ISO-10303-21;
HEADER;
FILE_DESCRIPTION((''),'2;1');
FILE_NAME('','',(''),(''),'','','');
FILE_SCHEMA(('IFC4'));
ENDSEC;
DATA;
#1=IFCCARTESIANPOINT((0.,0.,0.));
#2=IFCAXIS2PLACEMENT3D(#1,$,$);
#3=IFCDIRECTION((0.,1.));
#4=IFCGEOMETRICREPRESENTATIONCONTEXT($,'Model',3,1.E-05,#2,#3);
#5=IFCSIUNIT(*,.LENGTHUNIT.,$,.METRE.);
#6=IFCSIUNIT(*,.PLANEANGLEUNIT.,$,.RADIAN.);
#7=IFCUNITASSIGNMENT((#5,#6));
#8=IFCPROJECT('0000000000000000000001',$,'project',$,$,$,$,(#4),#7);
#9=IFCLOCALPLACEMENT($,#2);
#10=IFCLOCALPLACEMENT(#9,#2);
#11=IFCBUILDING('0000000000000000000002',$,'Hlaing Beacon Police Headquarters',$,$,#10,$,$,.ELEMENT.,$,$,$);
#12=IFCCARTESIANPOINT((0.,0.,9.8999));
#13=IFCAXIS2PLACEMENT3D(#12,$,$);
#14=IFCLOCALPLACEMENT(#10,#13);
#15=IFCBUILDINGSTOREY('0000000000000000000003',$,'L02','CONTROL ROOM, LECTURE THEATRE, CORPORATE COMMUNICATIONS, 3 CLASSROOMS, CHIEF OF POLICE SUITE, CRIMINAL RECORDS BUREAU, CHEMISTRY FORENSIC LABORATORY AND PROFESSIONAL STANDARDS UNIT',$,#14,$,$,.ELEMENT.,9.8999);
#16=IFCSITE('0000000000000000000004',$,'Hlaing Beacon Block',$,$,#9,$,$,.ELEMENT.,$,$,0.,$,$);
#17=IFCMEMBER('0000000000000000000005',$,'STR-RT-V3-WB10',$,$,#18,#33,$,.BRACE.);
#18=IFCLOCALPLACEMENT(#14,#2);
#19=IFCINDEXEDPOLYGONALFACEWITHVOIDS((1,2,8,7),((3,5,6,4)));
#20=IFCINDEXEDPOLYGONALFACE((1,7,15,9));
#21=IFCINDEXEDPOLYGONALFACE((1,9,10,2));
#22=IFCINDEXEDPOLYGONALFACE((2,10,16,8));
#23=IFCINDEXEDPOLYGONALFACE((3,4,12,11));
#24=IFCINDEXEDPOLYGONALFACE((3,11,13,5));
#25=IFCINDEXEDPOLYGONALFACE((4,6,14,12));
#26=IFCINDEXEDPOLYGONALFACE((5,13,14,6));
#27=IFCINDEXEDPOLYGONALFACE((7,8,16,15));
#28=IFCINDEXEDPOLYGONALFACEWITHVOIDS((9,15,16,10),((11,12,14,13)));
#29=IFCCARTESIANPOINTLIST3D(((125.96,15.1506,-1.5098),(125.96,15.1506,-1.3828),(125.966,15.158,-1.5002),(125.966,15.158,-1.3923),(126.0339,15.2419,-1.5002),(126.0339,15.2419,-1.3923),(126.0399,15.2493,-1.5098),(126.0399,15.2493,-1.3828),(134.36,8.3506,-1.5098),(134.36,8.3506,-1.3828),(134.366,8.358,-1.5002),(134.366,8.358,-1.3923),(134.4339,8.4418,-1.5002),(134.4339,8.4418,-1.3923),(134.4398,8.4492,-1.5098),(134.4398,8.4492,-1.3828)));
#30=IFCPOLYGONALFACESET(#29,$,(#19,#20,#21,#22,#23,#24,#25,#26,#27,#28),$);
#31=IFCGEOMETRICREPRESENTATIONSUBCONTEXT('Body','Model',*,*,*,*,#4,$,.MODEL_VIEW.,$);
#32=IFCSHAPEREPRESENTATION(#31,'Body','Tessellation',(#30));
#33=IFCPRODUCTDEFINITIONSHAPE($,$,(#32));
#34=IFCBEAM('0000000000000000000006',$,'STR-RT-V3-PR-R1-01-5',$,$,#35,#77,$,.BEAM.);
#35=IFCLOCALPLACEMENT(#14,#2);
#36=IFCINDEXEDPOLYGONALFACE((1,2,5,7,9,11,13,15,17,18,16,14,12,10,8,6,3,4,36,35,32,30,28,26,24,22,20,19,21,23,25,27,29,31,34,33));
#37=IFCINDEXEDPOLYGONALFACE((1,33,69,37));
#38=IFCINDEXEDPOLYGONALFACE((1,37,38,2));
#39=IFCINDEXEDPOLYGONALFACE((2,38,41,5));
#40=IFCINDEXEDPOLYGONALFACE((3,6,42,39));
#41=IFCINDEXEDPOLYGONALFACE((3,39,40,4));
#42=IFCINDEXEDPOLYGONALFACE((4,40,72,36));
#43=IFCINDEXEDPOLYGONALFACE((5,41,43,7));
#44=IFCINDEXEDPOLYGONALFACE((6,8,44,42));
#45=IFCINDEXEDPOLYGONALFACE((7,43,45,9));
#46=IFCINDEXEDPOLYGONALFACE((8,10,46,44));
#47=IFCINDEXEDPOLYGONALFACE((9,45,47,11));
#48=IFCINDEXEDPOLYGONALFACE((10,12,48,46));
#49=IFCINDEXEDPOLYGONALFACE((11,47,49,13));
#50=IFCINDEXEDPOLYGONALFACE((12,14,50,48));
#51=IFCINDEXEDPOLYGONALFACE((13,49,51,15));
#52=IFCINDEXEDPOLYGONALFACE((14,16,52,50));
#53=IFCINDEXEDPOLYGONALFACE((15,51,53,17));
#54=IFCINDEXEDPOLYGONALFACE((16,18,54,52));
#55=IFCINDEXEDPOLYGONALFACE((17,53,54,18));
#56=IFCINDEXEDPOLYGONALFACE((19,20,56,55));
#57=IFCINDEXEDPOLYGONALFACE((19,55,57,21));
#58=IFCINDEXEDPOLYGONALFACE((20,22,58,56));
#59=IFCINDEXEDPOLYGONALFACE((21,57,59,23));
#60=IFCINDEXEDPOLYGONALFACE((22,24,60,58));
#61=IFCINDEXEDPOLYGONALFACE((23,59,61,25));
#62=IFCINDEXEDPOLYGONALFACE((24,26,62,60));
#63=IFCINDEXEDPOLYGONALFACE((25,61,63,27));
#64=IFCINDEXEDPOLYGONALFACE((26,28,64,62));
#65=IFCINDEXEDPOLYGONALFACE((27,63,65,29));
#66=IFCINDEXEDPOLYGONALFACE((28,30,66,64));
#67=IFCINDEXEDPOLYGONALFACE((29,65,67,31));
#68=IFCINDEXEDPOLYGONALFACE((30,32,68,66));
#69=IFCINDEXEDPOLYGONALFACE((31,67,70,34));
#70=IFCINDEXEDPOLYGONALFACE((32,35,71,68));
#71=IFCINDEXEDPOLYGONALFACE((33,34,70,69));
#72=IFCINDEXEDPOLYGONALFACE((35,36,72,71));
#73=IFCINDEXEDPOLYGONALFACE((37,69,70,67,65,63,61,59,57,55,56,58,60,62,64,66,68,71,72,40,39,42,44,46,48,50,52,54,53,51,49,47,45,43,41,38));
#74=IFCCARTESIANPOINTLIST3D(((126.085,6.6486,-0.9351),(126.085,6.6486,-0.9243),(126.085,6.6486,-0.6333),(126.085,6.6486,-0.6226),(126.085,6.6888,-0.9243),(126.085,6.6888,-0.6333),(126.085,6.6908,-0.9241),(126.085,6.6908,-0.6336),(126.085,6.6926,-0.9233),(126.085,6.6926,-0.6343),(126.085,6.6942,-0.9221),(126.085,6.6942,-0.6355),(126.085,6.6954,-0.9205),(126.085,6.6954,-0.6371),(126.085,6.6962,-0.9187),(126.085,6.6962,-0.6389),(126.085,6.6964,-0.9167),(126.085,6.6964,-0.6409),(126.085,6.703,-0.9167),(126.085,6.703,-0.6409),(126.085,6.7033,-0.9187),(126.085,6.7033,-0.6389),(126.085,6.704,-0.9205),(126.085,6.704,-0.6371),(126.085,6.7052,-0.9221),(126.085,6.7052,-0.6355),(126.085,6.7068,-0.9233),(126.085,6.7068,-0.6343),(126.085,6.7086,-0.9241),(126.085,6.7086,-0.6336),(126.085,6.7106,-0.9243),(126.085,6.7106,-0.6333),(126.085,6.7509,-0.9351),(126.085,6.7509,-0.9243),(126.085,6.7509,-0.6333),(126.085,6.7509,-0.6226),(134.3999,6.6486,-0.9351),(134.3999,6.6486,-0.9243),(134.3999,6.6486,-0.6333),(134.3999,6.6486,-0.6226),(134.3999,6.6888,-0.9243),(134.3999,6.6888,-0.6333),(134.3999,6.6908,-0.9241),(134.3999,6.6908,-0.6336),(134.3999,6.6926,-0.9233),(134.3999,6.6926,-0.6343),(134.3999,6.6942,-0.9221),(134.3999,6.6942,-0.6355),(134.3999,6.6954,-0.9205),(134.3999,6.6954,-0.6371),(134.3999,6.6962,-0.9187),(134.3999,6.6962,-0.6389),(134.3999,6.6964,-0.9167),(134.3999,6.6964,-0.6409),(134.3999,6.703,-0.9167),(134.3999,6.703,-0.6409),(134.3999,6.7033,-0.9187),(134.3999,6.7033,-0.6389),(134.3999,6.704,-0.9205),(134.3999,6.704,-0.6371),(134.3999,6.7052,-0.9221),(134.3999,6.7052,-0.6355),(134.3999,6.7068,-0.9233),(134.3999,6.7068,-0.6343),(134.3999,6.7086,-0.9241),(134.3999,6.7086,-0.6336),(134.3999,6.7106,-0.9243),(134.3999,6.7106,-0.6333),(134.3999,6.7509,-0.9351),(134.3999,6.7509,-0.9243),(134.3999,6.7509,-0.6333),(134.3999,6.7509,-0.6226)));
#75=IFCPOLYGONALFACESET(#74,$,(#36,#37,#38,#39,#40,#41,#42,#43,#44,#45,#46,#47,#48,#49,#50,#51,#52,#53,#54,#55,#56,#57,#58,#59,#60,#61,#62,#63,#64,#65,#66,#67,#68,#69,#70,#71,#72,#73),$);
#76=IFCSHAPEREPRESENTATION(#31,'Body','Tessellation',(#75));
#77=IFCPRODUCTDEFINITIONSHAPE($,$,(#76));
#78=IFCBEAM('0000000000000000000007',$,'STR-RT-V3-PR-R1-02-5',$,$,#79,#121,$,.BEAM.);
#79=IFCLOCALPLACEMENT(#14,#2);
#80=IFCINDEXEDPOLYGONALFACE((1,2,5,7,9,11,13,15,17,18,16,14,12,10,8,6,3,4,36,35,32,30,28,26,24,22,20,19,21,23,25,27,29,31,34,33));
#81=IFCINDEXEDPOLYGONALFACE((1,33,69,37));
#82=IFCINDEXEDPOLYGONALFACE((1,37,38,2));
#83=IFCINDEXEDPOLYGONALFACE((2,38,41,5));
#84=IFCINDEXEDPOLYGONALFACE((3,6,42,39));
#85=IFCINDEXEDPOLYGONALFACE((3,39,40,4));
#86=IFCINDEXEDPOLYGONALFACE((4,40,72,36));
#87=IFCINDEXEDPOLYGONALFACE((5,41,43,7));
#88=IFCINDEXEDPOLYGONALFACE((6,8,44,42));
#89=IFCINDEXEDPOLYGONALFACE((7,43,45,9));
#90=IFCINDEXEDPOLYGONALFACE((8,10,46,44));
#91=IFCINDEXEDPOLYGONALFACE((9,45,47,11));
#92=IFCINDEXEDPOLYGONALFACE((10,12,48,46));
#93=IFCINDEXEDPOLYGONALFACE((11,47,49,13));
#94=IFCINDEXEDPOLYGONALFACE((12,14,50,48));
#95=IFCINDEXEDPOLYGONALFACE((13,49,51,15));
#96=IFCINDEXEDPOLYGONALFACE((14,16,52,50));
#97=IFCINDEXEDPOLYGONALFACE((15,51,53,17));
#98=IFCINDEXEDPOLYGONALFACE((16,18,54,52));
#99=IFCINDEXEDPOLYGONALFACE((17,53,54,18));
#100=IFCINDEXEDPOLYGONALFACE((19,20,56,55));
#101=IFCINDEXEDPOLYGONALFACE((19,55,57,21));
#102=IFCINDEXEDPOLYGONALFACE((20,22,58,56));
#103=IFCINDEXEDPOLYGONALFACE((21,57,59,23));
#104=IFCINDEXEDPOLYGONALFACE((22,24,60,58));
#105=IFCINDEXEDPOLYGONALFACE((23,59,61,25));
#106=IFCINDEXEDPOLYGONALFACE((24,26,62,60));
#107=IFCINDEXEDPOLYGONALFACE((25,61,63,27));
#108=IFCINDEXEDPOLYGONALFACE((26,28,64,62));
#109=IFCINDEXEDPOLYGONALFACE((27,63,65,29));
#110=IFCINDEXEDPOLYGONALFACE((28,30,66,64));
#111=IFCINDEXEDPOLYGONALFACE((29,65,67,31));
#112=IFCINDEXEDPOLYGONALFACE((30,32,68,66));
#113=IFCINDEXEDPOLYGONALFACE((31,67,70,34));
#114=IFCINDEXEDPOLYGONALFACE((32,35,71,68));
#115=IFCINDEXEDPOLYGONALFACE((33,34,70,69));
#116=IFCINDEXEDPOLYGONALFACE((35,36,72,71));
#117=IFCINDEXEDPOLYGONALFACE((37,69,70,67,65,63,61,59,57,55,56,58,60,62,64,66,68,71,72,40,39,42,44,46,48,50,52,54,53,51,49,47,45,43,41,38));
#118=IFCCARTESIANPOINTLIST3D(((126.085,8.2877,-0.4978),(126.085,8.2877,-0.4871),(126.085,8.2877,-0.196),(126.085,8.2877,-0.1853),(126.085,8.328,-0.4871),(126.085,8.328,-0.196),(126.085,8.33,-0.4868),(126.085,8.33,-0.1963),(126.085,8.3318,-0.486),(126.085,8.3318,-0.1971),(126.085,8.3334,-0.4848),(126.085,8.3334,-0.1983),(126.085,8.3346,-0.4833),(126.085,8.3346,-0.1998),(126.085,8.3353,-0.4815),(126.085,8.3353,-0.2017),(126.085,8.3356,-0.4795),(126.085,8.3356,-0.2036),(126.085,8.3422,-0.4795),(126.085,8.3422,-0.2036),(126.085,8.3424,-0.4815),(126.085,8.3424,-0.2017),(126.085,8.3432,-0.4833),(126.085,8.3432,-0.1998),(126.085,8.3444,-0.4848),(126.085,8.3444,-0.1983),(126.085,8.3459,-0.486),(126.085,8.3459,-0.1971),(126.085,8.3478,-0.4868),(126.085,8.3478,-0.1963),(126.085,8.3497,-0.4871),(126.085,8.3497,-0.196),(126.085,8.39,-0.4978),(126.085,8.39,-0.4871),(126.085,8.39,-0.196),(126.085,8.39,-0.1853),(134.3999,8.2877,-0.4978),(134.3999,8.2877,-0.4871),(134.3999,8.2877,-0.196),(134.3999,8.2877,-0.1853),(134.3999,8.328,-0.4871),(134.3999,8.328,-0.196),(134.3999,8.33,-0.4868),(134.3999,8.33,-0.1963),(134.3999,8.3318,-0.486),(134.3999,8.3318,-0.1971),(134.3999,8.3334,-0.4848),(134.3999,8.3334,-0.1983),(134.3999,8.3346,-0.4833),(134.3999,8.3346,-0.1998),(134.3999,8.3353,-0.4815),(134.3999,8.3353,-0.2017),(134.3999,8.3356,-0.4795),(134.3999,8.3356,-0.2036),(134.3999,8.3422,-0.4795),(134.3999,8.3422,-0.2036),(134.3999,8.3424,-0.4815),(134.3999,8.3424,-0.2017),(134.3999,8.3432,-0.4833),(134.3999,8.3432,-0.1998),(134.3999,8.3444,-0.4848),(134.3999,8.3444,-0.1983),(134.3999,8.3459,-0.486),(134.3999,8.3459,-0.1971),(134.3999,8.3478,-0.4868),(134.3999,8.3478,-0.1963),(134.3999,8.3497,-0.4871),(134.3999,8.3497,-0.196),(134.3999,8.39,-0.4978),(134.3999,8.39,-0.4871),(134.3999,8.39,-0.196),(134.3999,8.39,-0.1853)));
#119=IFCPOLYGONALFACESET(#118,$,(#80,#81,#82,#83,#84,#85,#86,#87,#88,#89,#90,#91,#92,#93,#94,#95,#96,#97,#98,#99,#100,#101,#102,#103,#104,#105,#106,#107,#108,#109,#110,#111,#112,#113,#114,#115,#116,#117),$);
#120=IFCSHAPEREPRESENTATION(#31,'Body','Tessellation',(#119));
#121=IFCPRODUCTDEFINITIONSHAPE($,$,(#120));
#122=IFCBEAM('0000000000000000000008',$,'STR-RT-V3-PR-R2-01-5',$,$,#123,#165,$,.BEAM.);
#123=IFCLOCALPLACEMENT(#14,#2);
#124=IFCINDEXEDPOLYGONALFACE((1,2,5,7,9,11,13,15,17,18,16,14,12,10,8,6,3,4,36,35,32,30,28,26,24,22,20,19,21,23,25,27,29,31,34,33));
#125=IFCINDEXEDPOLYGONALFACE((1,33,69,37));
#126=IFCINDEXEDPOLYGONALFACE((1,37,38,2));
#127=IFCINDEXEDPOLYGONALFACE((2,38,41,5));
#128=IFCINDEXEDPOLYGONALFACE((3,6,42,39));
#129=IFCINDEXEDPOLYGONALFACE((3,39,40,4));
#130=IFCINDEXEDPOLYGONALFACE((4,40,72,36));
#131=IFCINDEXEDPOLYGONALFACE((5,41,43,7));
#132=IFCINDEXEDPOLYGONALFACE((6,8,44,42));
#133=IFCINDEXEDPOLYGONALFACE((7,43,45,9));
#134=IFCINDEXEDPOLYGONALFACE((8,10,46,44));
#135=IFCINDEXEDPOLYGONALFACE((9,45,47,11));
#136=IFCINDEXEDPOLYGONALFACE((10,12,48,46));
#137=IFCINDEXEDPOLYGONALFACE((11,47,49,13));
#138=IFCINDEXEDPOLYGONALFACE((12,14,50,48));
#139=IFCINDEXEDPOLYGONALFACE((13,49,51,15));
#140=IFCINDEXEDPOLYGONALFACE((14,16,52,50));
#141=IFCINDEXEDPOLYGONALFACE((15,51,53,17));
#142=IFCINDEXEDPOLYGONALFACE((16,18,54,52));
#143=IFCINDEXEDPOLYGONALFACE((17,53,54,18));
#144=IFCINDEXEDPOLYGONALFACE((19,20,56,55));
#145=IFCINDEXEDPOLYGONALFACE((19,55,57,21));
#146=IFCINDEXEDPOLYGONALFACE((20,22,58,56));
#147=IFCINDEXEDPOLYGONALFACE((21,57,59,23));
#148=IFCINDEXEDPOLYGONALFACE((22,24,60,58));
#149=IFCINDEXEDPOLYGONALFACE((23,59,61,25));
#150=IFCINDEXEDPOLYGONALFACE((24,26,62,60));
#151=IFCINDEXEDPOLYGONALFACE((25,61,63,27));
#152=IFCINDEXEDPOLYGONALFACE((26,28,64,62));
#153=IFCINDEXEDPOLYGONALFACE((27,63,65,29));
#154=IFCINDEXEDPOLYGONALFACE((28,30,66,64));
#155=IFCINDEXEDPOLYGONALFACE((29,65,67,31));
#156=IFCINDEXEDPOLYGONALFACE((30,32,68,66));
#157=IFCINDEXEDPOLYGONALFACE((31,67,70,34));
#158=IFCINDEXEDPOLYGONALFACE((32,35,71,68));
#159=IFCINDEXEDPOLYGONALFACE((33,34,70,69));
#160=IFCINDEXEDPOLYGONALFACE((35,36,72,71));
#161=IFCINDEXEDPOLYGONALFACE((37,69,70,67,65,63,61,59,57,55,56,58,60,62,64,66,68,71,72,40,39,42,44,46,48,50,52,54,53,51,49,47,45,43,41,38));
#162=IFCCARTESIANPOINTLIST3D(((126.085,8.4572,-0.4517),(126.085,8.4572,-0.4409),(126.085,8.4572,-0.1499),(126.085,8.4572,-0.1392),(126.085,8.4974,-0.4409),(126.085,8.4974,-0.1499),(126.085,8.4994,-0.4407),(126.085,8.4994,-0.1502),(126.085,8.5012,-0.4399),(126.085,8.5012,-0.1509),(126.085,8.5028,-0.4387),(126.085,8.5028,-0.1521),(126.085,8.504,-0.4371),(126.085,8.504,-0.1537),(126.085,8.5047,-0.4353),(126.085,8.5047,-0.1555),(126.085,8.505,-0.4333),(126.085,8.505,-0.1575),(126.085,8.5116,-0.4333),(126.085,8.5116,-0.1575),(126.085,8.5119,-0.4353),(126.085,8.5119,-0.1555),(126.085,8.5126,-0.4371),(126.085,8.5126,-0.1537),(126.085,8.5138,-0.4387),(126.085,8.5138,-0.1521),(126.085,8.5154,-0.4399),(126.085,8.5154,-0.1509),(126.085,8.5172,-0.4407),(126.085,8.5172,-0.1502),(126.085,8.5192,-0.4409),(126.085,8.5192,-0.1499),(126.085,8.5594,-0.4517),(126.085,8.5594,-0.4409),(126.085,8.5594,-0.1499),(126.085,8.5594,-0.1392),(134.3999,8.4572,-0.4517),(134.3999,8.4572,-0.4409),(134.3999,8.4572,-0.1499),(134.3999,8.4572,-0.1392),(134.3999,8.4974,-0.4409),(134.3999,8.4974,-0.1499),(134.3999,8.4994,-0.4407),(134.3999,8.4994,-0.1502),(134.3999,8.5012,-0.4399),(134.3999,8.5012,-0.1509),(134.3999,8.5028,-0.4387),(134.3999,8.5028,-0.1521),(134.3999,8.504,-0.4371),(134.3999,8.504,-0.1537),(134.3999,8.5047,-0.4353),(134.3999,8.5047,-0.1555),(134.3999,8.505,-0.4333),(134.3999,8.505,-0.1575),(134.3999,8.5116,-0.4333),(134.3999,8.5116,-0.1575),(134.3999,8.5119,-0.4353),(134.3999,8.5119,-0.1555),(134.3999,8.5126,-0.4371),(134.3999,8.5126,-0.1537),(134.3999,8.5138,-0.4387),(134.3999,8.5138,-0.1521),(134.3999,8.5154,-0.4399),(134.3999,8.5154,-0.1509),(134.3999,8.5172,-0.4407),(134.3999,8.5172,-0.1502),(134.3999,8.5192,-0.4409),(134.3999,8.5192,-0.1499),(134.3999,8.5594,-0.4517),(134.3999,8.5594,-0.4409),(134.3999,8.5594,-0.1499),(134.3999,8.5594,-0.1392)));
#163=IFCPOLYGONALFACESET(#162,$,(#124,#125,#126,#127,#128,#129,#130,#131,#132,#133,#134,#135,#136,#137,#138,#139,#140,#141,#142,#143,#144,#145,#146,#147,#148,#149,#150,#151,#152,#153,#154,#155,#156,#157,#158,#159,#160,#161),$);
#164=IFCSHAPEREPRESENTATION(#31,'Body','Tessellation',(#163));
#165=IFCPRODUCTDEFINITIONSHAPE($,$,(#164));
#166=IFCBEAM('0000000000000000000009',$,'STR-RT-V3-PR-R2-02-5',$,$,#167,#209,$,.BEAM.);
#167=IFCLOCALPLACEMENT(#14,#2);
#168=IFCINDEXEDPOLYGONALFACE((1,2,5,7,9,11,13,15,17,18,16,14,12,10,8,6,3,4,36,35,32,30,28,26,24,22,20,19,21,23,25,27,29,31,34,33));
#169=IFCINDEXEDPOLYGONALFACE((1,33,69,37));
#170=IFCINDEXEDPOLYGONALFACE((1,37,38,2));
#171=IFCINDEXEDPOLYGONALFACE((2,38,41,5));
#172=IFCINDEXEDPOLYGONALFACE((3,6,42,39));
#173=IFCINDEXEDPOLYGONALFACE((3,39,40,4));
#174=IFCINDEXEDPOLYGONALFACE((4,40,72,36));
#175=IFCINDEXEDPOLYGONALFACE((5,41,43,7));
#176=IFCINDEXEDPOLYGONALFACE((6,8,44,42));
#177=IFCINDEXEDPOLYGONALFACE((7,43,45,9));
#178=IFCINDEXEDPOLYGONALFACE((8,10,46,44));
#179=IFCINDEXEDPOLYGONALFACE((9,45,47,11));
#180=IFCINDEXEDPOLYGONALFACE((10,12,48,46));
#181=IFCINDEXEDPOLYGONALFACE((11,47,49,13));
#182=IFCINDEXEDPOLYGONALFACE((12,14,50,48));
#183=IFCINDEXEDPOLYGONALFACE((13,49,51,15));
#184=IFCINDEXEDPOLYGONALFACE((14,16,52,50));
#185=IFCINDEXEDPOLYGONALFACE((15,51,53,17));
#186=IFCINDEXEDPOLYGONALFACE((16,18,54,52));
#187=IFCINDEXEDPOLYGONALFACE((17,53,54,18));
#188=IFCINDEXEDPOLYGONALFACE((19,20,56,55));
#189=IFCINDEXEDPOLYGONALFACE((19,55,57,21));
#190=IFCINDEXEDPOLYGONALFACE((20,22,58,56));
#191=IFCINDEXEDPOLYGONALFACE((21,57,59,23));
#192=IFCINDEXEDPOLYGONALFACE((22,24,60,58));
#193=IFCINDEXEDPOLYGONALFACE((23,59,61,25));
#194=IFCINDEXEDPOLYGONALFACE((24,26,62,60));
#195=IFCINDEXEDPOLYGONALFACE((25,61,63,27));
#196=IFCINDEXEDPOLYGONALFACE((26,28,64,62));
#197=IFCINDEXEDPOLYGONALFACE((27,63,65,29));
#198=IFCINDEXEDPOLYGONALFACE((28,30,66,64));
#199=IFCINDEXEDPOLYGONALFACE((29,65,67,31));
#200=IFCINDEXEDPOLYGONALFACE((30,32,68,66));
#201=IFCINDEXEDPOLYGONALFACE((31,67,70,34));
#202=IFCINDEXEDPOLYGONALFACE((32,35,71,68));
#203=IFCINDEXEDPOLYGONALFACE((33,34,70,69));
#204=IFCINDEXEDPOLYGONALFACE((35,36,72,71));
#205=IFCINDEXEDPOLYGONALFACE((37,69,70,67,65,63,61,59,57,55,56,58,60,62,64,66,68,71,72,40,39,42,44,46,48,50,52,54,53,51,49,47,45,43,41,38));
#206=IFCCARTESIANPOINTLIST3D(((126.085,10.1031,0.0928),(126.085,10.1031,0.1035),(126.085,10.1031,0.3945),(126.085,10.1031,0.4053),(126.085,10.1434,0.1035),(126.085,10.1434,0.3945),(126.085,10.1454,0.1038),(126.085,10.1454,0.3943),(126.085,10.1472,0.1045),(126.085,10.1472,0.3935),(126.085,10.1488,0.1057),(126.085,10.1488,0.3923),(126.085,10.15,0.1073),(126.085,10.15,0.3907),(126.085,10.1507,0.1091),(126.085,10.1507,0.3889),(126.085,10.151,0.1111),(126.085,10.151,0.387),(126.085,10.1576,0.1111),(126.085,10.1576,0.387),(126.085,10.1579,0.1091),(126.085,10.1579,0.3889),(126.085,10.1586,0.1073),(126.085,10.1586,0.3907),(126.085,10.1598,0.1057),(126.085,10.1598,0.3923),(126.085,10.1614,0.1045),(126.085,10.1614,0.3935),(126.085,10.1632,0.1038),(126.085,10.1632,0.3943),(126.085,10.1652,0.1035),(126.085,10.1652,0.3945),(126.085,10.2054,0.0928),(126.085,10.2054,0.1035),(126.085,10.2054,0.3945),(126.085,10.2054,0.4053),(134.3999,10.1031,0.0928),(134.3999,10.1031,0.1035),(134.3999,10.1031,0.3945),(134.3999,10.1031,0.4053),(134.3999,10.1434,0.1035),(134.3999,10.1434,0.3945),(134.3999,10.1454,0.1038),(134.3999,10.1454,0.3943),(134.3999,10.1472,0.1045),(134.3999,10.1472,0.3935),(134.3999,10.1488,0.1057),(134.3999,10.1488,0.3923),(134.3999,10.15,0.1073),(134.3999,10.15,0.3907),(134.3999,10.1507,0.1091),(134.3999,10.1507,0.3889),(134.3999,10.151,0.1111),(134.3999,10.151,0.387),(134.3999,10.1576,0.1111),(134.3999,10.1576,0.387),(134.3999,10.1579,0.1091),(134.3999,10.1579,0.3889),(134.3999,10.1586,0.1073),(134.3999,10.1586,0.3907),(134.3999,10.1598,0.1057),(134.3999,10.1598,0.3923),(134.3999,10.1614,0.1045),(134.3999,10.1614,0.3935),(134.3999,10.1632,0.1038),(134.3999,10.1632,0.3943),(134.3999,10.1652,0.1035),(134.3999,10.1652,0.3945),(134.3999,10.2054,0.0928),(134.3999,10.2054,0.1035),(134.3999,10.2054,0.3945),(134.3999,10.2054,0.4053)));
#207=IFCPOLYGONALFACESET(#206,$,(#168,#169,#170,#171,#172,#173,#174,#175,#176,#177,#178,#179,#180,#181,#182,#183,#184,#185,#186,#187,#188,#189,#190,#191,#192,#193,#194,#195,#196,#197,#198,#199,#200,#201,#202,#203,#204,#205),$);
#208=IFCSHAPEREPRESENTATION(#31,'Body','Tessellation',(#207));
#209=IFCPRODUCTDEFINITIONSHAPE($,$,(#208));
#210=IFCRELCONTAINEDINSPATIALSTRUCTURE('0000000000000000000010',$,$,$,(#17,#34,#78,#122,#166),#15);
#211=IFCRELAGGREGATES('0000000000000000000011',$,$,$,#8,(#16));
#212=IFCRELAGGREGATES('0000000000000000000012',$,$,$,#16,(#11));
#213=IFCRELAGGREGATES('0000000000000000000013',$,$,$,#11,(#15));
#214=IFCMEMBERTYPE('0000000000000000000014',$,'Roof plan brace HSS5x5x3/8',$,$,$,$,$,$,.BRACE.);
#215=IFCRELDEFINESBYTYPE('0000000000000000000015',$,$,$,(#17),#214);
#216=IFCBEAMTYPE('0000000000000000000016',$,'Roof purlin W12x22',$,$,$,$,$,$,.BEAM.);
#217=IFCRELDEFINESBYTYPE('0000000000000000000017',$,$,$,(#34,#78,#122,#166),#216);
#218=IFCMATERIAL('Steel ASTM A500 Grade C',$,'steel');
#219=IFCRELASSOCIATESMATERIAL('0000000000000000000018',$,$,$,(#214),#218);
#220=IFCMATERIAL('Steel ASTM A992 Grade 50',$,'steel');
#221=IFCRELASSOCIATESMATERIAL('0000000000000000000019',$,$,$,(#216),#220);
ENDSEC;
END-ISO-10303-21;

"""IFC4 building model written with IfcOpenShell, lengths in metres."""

from ifc_helpers import new_model, si_unit, direction, frame, origin, origin_2d, place, context, subcontext, project, spatial, hollow_rectangle, i_section, extrude, material, material_profile, profile_set, type_object, element, save


model = new_model("IFC4")

# Units and contexts
model_context = context("Model", 3, precision=1e-05, world=origin(), true_north=direction((0.0, 1.0)))
body_context = subcontext(model_context, "Body", "Model", "MODEL_VIEW")
ifc_project = project(units=[si_unit("LENGTHUNIT", "METRE"), si_unit("PLANEANGLEUNIT", "RADIAN")], contexts=[model_context])

# Site, building, storey
site_placement = place(None, origin())
site = spatial("IfcSite", under=ifc_project, at=site_placement, Name="Hlaing Beacon Block", CompositionType="ELEMENT", RefElevation=0.0)
building_placement = place(site_placement, origin())
building = spatial("IfcBuilding", under=site, at=building_placement, Name="Hlaing Beacon Police Headquarters", CompositionType="ELEMENT")
storey_placement = place(building_placement, frame((0.0, 0.0, 9.8999)))
storey = spatial("IfcBuildingStorey", under=building, at=storey_placement, Name="L02", Description="CONTROL ROOM, LECTURE THEATRE, CORPORATE COMMUNICATIONS, 3 CLASSROOMS, CHIEF OF POLICE SUITE, CRIMINAL RECORDS BUREAU, CHEMISTRY FORENSIC LABORATORY AND PROFESSIONAL STANDARDS UNIT", CompositionType="ELEMENT", Elevation=9.8999)

# Member
ifc_material_1 = material(Name="Steel ASTM A500 Grade C", Category="steel")
ifc_material_profile_1 = material_profile(ifc_material_1, hollow_rectangle(XDim=0.127, YDim=0.127, WallThickness=0.0095, at=origin_2d()), Name="HSS5x5x3/8")
ifc_profile_set_1 = profile_set([ifc_material_profile_1], Name="Steel ASTM A500 Grade C")
member_type_1 = type_object("IfcMemberType", Name="Roof plan brace HSS5x5x3/8", PredefinedType="BRACE", material=ifc_profile_set_1)
member_1_placement = place(storey_placement, frame((134.3999, 8.3999, -1.4463), z_axis=(-0.777239, 0.629205, 0.0), x_axis=(-0.629205, -0.777239, 0.0)))
element("IfcMember", 1, at=member_1_placement, inside=storey, type_object=member_type_1, Name="STR-RT-V3-WB10", PredefinedType="BRACE", context=body_context, shape_type="SweptSolid", body=[
    extrude(hollow_rectangle(XDim=0.127, YDim=0.127, WallThickness=0.0095, at=origin_2d()), origin(), (0.0, 0.0, 1.0), 10.8074),
])

# Beams
ifc_material_2 = material(Name="Steel ASTM A992 Grade 50", Category="steel")
ifc_material_profile_2 = material_profile(ifc_material_2, i_section(OverallWidth=0.1023, OverallDepth=0.3125, WebThickness=0.0066, FlangeThickness=0.0107, FilletRadius=0.0076, at=origin_2d()), Name="W12x22")
ifc_profile_set_2 = profile_set([ifc_material_profile_2], Name="Steel ASTM A992 Grade 50")
beam_type_1 = type_object("IfcBeamType", Name="Roof purlin W12x22", PredefinedType="BEAM", material=ifc_profile_set_2)
for number, where, z_axis, x_axis, name in (
    (2, (126.085, 6.6997, -0.7788), (1.0, 0.0, 0.0), (0.0, 1.0, 0.0), "STR-RT-V3-PR-R1-01-5"),
    (3, (126.085, 8.3389, -0.3416), (1.0, 0.0, 0.0), (0.0, 1.0, 0.0), "STR-RT-V3-PR-R1-02-5"),
    (4, (126.085, 8.5083, -0.2954), (1.0, 0.0, 0.0), (0.0, 1.0, 0.0), "STR-RT-V3-PR-R2-01-5"),
    (5, (126.085, 10.1543, 0.249), (1.0, 0.0, 0.0), (0.0, 1.0, 0.0), "STR-RT-V3-PR-R2-02-5"),
):
    element("IfcBeam", number, at=place(storey_placement, frame(where, z_axis=z_axis, x_axis=x_axis)), inside=storey, type_object=beam_type_1, Name=name, PredefinedType="BEAM", context=body_context, shape_type="SweptSolid", body=[
        extrude(i_section(OverallWidth=0.1023, OverallDepth=0.3125, WebThickness=0.0066, FlangeThickness=0.0107, FilletRadius=0.0076, at=origin_2d()), origin(), (0.0, 0.0, 1.0), 8.3149),
    ])

save(model, "model.ifc")
